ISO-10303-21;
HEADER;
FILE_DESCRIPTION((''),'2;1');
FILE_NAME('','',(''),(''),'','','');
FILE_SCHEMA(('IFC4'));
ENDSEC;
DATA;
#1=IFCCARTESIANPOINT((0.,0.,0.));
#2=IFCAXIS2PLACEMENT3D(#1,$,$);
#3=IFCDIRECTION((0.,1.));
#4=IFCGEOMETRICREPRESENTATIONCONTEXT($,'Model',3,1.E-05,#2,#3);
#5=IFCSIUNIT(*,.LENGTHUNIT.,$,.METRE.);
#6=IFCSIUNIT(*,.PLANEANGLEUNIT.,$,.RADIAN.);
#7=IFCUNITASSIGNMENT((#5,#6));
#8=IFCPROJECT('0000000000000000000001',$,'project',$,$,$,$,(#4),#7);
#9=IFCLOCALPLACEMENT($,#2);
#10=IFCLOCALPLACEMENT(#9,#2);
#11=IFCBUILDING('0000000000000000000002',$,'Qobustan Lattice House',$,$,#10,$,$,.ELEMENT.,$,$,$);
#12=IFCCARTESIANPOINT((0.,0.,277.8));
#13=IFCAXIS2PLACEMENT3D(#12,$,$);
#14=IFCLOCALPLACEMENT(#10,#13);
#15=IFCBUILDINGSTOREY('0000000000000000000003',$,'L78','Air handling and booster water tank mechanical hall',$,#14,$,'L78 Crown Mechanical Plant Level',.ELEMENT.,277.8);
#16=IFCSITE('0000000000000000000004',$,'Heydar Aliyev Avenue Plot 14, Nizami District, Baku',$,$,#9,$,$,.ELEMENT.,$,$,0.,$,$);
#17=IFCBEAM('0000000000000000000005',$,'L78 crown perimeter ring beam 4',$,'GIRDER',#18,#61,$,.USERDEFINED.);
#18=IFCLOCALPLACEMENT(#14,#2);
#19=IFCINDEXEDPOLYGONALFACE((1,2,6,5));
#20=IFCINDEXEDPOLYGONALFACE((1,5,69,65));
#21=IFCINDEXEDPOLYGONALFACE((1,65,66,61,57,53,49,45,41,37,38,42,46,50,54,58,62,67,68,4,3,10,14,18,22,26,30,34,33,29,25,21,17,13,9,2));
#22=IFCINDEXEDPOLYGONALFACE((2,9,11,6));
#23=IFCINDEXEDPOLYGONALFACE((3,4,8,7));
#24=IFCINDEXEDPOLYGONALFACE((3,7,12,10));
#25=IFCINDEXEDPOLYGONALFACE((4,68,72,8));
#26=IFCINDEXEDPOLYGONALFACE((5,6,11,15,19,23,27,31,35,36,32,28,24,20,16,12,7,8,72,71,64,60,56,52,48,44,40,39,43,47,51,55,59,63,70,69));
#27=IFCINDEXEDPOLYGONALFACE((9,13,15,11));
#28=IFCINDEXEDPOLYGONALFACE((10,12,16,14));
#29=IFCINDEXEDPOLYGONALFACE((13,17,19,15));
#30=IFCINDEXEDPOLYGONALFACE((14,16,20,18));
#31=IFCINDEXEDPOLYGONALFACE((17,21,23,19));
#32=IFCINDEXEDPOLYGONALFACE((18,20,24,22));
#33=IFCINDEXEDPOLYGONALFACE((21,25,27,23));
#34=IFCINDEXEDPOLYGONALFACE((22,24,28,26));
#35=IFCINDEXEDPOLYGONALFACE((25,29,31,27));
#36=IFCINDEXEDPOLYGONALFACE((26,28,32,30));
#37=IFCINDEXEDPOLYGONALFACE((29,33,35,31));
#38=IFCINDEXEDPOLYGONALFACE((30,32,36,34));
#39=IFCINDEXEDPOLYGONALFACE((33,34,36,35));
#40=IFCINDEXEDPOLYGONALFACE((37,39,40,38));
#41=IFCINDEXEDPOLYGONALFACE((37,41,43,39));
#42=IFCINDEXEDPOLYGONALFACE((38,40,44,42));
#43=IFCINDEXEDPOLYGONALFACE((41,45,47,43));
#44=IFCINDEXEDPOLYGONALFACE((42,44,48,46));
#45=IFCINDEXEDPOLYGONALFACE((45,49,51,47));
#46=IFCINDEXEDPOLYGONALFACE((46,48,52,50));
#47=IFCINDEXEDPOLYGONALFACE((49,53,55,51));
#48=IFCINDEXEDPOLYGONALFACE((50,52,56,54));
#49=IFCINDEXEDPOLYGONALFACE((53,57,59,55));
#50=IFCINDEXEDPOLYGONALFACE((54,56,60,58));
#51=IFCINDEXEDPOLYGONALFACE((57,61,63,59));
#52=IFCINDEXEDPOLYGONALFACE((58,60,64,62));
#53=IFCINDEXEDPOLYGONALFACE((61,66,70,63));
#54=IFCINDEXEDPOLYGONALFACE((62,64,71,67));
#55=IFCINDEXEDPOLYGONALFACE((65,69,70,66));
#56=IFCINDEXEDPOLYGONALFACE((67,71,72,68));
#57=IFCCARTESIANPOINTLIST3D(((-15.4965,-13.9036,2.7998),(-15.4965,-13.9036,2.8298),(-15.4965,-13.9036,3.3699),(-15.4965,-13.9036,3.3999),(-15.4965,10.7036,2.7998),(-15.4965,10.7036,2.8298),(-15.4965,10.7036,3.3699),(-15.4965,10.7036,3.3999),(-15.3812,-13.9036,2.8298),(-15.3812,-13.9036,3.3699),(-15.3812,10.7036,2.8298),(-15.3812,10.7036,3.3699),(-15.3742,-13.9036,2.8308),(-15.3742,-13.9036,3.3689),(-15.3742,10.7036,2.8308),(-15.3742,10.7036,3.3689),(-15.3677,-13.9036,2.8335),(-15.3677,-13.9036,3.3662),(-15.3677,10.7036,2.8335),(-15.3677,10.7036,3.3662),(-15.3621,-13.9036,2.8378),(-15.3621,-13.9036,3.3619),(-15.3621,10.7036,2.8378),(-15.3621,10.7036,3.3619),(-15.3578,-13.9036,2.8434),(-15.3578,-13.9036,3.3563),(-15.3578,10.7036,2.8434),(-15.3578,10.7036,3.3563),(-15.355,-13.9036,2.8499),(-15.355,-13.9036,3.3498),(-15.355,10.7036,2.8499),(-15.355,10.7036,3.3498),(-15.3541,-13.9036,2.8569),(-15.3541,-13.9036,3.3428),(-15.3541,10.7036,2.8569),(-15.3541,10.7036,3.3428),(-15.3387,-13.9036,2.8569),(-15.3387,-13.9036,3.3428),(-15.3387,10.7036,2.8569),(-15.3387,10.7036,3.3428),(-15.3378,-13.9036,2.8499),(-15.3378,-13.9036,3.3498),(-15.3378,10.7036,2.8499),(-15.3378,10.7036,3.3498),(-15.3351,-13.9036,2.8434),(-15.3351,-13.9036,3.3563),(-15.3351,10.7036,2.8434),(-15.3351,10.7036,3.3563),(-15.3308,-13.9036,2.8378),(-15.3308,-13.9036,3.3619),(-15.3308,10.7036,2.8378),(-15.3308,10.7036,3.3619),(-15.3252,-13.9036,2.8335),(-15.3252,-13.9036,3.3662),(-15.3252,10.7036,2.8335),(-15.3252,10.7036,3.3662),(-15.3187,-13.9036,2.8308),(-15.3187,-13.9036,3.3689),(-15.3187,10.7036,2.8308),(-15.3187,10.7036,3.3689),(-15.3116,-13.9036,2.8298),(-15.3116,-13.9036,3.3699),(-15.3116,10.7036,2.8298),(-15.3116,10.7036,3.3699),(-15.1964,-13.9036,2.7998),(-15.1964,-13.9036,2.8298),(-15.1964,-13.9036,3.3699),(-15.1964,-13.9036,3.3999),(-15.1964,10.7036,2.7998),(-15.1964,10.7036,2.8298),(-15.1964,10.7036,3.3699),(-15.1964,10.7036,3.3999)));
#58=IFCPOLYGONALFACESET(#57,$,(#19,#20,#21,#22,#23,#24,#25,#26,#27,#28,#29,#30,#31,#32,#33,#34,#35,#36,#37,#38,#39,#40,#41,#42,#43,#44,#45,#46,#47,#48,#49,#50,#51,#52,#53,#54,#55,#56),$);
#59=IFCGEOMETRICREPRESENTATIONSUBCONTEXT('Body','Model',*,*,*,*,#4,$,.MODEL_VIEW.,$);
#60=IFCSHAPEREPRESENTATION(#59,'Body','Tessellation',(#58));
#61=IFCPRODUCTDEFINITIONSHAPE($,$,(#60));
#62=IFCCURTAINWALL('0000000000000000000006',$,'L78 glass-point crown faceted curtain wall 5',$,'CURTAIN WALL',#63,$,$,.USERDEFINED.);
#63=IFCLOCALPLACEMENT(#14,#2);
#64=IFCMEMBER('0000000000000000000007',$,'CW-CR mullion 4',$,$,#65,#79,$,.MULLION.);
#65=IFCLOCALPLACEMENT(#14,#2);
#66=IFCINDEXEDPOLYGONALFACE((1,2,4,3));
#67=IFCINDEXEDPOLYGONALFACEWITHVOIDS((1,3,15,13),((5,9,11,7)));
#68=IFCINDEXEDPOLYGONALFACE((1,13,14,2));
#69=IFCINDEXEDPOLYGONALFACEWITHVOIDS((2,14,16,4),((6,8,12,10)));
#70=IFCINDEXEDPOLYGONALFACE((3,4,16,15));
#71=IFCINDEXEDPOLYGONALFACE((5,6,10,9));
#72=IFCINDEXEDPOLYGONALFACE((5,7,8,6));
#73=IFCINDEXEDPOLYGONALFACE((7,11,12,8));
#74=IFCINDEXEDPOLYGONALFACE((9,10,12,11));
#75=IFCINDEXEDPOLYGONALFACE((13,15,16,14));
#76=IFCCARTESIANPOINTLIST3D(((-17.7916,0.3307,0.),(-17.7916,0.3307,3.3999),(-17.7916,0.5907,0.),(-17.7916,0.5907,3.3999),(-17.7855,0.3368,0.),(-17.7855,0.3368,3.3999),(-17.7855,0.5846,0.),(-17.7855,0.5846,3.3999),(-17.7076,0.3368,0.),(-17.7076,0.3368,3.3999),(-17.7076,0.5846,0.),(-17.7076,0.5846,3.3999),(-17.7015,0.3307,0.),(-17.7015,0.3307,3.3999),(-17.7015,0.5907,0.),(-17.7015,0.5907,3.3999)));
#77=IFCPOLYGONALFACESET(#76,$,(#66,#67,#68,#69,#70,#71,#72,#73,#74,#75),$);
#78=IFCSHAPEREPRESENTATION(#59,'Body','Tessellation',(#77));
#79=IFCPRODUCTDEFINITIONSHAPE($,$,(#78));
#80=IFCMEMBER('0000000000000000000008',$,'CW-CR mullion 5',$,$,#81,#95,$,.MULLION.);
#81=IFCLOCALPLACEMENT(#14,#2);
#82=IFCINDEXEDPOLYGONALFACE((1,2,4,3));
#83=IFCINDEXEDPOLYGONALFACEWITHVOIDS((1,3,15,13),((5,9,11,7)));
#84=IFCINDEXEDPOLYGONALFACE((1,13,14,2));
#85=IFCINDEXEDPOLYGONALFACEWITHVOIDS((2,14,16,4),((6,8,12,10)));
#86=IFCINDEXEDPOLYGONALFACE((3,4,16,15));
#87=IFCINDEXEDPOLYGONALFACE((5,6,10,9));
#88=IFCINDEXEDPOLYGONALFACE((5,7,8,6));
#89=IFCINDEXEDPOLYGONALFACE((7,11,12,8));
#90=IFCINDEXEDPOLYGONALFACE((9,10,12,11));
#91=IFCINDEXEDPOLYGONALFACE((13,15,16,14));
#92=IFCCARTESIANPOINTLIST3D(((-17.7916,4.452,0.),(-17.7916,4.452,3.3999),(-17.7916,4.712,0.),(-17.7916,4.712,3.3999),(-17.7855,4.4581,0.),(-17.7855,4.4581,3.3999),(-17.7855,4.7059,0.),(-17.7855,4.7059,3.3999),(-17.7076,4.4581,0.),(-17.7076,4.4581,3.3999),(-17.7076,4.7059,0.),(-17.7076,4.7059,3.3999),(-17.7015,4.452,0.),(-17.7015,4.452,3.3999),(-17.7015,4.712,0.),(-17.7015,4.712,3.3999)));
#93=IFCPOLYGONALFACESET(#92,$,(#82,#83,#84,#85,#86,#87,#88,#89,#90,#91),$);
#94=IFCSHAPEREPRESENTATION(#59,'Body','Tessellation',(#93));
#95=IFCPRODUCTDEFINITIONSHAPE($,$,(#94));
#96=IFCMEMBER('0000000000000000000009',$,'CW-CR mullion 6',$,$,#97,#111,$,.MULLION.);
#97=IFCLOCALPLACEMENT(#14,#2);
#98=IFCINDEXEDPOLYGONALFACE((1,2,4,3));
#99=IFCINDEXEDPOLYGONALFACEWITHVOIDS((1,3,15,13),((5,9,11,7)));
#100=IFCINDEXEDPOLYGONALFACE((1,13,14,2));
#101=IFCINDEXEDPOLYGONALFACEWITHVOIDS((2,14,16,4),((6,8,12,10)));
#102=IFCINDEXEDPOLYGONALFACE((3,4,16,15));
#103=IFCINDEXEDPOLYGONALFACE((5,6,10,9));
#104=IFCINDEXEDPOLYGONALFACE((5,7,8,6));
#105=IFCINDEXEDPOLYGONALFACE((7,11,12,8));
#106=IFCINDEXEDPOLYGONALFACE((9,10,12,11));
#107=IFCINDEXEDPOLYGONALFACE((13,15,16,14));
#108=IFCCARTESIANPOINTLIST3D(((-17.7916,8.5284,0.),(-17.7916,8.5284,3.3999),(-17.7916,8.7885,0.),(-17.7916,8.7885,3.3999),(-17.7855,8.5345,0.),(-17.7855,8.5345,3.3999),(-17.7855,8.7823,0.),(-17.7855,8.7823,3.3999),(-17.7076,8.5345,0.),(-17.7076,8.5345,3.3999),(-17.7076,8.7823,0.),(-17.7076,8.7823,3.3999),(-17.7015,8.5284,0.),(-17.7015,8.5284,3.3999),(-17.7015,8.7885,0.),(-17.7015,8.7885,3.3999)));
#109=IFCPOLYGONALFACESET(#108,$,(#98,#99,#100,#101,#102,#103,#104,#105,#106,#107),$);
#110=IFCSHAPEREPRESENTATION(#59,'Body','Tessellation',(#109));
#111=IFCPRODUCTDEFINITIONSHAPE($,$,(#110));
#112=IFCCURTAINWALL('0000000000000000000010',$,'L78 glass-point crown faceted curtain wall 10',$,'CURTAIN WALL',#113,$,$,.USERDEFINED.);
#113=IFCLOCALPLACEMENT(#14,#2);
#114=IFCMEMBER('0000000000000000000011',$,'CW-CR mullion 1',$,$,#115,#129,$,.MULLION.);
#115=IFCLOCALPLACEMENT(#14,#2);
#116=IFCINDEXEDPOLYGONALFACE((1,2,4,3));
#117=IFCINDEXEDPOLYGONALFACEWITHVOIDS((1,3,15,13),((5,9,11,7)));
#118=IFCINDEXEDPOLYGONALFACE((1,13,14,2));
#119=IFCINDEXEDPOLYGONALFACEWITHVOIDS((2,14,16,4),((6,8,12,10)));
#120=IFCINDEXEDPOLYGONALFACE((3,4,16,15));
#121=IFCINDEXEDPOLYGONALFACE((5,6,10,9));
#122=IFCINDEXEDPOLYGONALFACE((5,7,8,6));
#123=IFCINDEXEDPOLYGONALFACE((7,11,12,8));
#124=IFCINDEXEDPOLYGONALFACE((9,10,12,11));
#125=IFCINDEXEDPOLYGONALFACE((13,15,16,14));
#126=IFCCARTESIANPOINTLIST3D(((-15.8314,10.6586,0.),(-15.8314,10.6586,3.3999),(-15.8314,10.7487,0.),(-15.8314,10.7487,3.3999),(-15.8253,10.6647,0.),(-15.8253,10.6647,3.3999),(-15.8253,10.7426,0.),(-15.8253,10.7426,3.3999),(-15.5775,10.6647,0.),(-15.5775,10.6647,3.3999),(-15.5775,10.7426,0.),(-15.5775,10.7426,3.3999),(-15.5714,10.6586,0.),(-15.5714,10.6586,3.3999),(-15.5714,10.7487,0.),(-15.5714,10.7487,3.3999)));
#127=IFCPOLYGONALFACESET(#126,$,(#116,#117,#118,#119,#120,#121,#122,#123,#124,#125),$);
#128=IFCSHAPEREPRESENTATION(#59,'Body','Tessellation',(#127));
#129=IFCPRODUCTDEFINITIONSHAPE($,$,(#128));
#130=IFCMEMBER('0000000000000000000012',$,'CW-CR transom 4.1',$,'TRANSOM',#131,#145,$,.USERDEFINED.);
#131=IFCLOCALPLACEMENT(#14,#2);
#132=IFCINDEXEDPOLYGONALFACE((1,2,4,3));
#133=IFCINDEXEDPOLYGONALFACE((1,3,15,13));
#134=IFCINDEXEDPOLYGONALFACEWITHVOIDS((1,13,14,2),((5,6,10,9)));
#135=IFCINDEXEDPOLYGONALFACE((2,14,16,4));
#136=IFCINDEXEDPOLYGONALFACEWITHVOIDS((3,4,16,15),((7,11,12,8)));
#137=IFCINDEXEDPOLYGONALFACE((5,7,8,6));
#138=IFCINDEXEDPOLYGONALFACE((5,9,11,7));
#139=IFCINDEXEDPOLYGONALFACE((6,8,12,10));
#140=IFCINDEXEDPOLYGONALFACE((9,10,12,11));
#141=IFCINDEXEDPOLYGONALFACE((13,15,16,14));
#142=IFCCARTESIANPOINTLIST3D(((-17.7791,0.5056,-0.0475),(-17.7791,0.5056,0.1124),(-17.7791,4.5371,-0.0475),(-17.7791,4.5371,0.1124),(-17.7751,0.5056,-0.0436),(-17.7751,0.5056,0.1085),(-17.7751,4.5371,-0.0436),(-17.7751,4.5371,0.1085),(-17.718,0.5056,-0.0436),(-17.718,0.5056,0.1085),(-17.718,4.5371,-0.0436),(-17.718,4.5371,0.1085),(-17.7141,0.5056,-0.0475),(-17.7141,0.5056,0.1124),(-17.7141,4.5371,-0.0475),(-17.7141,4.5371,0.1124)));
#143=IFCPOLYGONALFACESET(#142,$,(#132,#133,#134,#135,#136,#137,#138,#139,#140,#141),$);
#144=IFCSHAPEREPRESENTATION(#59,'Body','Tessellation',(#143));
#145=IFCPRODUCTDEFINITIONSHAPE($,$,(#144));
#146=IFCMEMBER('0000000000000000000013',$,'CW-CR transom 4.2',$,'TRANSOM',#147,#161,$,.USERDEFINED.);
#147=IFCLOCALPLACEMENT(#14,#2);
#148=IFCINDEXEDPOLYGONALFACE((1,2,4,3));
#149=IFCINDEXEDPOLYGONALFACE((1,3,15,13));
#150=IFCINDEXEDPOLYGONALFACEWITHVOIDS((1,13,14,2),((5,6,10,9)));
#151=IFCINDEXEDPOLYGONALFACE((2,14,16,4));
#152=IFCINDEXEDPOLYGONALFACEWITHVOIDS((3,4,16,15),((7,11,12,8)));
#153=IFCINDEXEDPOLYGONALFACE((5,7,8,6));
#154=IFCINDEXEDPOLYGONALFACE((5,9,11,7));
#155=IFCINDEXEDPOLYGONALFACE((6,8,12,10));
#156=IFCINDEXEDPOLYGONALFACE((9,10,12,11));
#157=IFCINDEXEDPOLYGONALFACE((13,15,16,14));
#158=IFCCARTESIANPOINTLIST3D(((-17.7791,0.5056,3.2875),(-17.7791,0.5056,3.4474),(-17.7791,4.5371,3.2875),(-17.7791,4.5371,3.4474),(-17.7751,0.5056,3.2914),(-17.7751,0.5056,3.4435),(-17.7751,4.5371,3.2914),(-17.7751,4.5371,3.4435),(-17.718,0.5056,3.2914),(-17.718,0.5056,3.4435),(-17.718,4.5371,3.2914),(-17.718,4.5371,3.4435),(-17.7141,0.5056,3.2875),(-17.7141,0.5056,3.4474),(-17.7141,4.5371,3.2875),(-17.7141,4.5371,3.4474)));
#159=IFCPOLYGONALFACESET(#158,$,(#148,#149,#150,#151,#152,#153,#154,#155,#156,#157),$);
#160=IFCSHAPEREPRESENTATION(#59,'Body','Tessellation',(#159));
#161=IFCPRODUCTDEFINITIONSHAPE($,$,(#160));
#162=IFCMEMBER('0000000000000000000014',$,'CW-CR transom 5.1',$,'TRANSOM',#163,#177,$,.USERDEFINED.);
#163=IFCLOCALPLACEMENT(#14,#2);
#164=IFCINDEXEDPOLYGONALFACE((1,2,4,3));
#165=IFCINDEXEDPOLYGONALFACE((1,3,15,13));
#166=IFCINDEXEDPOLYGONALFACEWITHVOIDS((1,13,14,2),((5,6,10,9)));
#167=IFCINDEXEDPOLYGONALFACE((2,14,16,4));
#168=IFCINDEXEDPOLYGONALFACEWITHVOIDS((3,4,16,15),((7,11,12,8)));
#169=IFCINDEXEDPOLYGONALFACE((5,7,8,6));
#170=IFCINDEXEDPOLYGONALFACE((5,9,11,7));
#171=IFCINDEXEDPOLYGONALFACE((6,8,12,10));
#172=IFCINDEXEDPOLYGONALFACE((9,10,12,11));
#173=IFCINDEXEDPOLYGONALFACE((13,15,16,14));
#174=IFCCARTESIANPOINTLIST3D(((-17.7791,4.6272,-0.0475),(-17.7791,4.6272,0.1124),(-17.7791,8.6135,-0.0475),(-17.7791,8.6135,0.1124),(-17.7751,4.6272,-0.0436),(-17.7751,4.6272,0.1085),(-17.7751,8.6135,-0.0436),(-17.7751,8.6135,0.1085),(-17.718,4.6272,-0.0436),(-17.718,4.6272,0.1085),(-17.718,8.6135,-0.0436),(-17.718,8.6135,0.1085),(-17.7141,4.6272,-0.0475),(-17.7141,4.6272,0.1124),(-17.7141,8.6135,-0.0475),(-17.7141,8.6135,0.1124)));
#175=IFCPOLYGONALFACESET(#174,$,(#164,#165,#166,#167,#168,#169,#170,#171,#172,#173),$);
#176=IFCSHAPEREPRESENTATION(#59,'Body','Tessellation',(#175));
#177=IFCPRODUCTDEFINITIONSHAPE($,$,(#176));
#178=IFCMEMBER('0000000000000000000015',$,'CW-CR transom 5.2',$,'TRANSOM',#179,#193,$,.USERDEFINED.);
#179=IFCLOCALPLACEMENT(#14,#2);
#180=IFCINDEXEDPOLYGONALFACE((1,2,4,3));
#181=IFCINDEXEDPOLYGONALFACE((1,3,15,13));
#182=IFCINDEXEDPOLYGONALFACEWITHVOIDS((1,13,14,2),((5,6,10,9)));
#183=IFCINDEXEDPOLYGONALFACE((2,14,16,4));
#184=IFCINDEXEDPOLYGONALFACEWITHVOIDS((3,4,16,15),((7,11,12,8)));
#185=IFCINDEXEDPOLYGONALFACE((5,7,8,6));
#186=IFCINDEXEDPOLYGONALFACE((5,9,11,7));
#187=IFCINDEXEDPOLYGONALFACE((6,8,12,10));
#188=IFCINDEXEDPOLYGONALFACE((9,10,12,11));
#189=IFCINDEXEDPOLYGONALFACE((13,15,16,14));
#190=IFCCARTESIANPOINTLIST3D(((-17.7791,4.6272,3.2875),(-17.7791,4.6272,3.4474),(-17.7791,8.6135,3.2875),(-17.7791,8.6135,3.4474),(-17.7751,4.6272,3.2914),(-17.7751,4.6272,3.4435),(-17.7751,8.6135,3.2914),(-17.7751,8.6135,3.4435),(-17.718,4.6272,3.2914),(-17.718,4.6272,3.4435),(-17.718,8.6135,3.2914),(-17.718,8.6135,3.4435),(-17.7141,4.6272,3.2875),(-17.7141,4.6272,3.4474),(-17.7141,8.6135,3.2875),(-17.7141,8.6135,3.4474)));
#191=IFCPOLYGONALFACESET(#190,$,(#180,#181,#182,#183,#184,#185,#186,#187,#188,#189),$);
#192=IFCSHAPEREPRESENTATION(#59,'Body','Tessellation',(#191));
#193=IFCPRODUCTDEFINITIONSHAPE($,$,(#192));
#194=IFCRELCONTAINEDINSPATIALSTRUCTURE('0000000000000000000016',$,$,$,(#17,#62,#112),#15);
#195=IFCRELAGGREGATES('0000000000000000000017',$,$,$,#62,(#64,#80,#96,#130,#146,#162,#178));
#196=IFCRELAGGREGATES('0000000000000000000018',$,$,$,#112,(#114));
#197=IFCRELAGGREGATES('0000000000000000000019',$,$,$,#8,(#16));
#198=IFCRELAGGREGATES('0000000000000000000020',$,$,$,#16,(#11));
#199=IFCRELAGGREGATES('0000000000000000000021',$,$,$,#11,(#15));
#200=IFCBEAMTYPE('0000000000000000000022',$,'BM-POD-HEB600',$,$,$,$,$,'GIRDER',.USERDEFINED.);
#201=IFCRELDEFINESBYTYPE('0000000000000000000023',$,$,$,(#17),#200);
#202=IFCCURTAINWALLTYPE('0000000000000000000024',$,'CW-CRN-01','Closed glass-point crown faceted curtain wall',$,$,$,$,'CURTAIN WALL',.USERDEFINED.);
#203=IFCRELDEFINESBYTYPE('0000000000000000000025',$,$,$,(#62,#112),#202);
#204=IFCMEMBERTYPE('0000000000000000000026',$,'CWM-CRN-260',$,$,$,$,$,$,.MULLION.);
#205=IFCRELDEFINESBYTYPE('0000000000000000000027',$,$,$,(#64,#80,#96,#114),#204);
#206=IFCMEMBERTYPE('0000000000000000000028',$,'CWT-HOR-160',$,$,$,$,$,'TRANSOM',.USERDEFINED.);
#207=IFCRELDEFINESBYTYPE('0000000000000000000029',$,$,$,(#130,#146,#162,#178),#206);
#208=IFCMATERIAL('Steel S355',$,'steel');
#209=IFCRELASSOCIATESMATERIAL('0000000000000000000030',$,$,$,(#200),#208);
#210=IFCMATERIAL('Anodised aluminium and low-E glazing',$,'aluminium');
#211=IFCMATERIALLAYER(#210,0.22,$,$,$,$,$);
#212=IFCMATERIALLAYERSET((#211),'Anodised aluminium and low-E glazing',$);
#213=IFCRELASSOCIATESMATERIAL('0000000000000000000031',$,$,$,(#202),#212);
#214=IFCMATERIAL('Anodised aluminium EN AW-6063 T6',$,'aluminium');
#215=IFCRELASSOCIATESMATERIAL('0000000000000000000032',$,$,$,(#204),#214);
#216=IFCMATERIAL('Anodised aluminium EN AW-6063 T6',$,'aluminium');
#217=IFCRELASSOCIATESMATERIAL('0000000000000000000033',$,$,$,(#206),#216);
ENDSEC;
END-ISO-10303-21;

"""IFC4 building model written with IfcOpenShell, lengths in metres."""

from ifc_helpers import new_model, si_unit, direction, frame, origin, origin_2d, place, context, subcontext, project, spatial, hollow_rectangle, i_section, extrude, material, layer, layer_set, material_profile, profile_set, type_object, element, aggregate, save


model = new_model("IFC4")

# Units and contexts
model_context = context("Model", 3, precision=1e-05, world=origin(), true_north=direction((0.0, 1.0)))
body_context = subcontext(model_context, "Body", "Model", "MODEL_VIEW")
ifc_project = project(units=[si_unit("LENGTHUNIT", "METRE"), si_unit("PLANEANGLEUNIT", "RADIAN")], contexts=[model_context])

# Site, building, storey
site_placement = place(None, origin())
site = spatial("IfcSite", under=ifc_project, at=site_placement, Name="Heydar Aliyev Avenue Plot 14, Nizami District, Baku", CompositionType="ELEMENT", RefElevation=0.0)
building_placement = place(site_placement, origin())
building = spatial("IfcBuilding", under=site, at=building_placement, Name="Qobustan Lattice House", CompositionType="ELEMENT")
storey_placement = place(building_placement, frame((0.0, 0.0, 277.8)))
storey = spatial("IfcBuildingStorey", under=building, at=storey_placement, Name="L78", Description="Air handling and booster water tank mechanical hall", LongName="L78 Crown Mechanical Plant Level", CompositionType="ELEMENT", Elevation=277.8)

# Beam
ifc_material_1 = material(Name="Steel S355", Category="steel")
ifc_material_profile_1 = material_profile(ifc_material_1, i_section(OverallWidth=0.3, OverallDepth=0.6001, WebThickness=0.0154, FlangeThickness=0.03, FilletRadius=0.0271, at=origin_2d()), Name="HEB600")
ifc_profile_set_1 = profile_set([ifc_material_profile_1], Name="Steel S355")
beam_type = type_object("IfcBeamType", Name="BM-POD-HEB600", ElementType="GIRDER", PredefinedType="USERDEFINED", material=ifc_profile_set_1)
beam_placement = place(storey_placement, frame((-15.3464, 10.7036, 3.0999), z_axis=(0.0, -1.0, 0.0), x_axis=(1.0, 0.0, 0.0)))
element("IfcBeam", 1, at=beam_placement, inside=storey, type_object=beam_type, Name="L78 crown perimeter ring beam 4", ObjectType="GIRDER", PredefinedType="USERDEFINED", context=body_context, shape_type="SweptSolid", body=[
    extrude(i_section(OverallWidth=0.3, OverallDepth=0.6001, WebThickness=0.0154, FlangeThickness=0.03, FilletRadius=0.0271, at=origin_2d()), origin(), (0.0, 0.0, 1.0), 24.6072),
])

# Curtain wall, members
ifc_material_2 = material(Name="Anodised aluminium and low-E glazing", Category="aluminium")
ifc_layer_1 = layer(ifc_material_2, 0.22)
ifc_layer_set_1 = layer_set([ifc_layer_1], Name="Anodised aluminium and low-E glazing")
curtain_wall_type = type_object("IfcCurtainWallType", Name="CW-CRN-01", Description="Closed glass-point crown faceted curtain wall", ElementType="CURTAIN WALL", PredefinedType="USERDEFINED", material=ifc_layer_set_1)
curtain_wall_1_placement = place(storey_placement, origin())
curtain_wall_1 = element("IfcCurtainWall", 2, at=curtain_wall_1_placement, inside=storey, type_object=curtain_wall_type, Name="L78 glass-point crown faceted curtain wall 5", ObjectType="CURTAIN WALL", PredefinedType="USERDEFINED")
ifc_material_3 = material(Name="Anodised aluminium EN AW-6063 T6", Category="aluminium")
ifc_material_profile_2 = material_profile(ifc_material_3, hollow_rectangle(XDim=0.0901, YDim=0.26, WallThickness=0.0061, at=origin_2d()), Name="CWM-CROWN-260x90")
ifc_profile_set_2 = profile_set([ifc_material_profile_2], Name="Anodised aluminium EN AW-6063 T6")
member_type_1 = type_object("IfcMemberType", Name="CWM-CRN-260", PredefinedType="MULLION", material=ifc_profile_set_2)
member_1_placement = place(storey_placement, frame((-17.7466, 0.4607, 0.0), z_axis=(0.0, 0.0, 1.0), x_axis=(-1.0, 0.0, 0.0)))
member_1 = element("IfcMember", 3, at=member_1_placement, type_object=member_type_1, Name="CW-CR mullion 4", PredefinedType="MULLION", context=body_context, shape_type="SweptSolid", body=[
    extrude(hollow_rectangle(XDim=0.0901, YDim=0.26, WallThickness=0.0061, at=origin_2d()), origin(), (0.0, 0.0, 1.0), 3.3999),
])
member_2_placement = place(storey_placement, frame((-17.7466, 4.582, 0.0), z_axis=(0.0, 0.0, 1.0), x_axis=(-1.0, 0.0, 0.0)))
member_2 = element("IfcMember", 4, at=member_2_placement, type_object=member_type_1, Name="CW-CR mullion 5", PredefinedType="MULLION", context=body_context, shape_type="SweptSolid", body=[
    extrude(hollow_rectangle(XDim=0.0901, YDim=0.26, WallThickness=0.0061, at=origin_2d()), origin(), (0.0, 0.0, 1.0), 3.3999),
])
member_3_placement = place(storey_placement, frame((-17.7466, 8.6584, 0.0), z_axis=(0.0, 0.0, 1.0), x_axis=(-1.0, 0.0, 0.0)))
member_3 = element("IfcMember", 5, at=member_3_placement, type_object=member_type_1, Name="CW-CR mullion 6", PredefinedType="MULLION", context=body_context, shape_type="SweptSolid", body=[
    extrude(hollow_rectangle(XDim=0.0901, YDim=0.26, WallThickness=0.0061, at=origin_2d()), origin(), (0.0, 0.0, 1.0), 3.3999),
])

# Curtain wall, member
curtain_wall_2_placement = place(storey_placement, origin())
curtain_wall_2 = element("IfcCurtainWall", 6, at=curtain_wall_2_placement, inside=storey, type_object=curtain_wall_type, Name="L78 glass-point crown faceted curtain wall 10", ObjectType="CURTAIN WALL", PredefinedType="USERDEFINED")
member_4_placement = place(storey_placement, frame((-15.7014, 10.7036, 0.0), z_axis=(0.0, 0.0, 1.0), x_axis=(0.0, 1.0, 0.0)))
member_4 = element("IfcMember", 7, at=member_4_placement, type_object=member_type_1, Name="CW-CR mullion 1", PredefinedType="MULLION", context=body_context, shape_type="SweptSolid", body=[
    extrude(hollow_rectangle(XDim=0.0901, YDim=0.26, WallThickness=0.0061, at=origin_2d()), origin(), (0.0, 0.0, 1.0), 3.3999),
])

# Members
ifc_material_4 = material(Name="Anodised aluminium EN AW-6063 T6", Category="aluminium")
ifc_material_profile_3 = material_profile(ifc_material_4, hollow_rectangle(XDim=0.0649, YDim=0.1599, WallThickness=0.0039, at=origin_2d()), Name="CWT-160x65")
ifc_profile_set_3 = profile_set([ifc_material_profile_3], Name="Anodised aluminium EN AW-6063 T6")
member_type_2 = type_object("IfcMemberType", Name="CWT-HOR-160", ElementType="TRANSOM", PredefinedType="USERDEFINED", material=ifc_profile_set_3)
member_5_placement = place(storey_placement, frame((-17.7466, 0.5056, 0.0325), z_axis=(0.0, 1.0, 0.0), x_axis=(-1.0, 0.0, 0.0)))
member_5 = element("IfcMember", 8, at=member_5_placement, type_object=member_type_2, Name="CW-CR transom 4.1", ObjectType="TRANSOM", PredefinedType="USERDEFINED", context=body_context, shape_type="SweptSolid", body=[
    extrude(hollow_rectangle(XDim=0.0649, YDim=0.1599, WallThickness=0.0039, at=origin_2d()), origin(), (0.0, 0.0, 1.0), 4.0315),
])
member_6_placement = place(storey_placement, frame((-17.7466, 0.5056, 3.3674), z_axis=(0.0, 1.0, 0.0), x_axis=(-1.0, 0.0, 0.0)))
member_6 = element("IfcMember", 9, at=member_6_placement, type_object=member_type_2, Name="CW-CR transom 4.2", ObjectType="TRANSOM", PredefinedType="USERDEFINED", context=body_context, shape_type="SweptSolid", body=[
    extrude(hollow_rectangle(XDim=0.0649, YDim=0.1599, WallThickness=0.0039, at=origin_2d()), origin(), (0.0, 0.0, 1.0), 4.0315),
])
member_7_placement = place(storey_placement, frame((-17.7466, 4.6272, 0.0325), z_axis=(0.0, 1.0, 0.0), x_axis=(-1.0, 0.0, 0.0)))
member_7 = element("IfcMember", 10, at=member_7_placement, type_object=member_type_2, Name="CW-CR transom 5.1", ObjectType="TRANSOM", PredefinedType="USERDEFINED", context=body_context, shape_type="SweptSolid", body=[
    extrude(hollow_rectangle(XDim=0.0649, YDim=0.1599, WallThickness=0.0039, at=origin_2d()), origin(), (0.0, 0.0, 1.0), 3.9863),
])
member_8_placement = place(storey_placement, frame((-17.7466, 4.6272, 3.3674), z_axis=(0.0, 1.0, 0.0), x_axis=(-1.0, 0.0, 0.0)))
member_8 = element("IfcMember", 11, at=member_8_placement, type_object=member_type_2, Name="CW-CR transom 5.2", ObjectType="TRANSOM", PredefinedType="USERDEFINED", context=body_context, shape_type="SweptSolid", body=[
    extrude(hollow_rectangle(XDim=0.0649, YDim=0.1599, WallThickness=0.0039, at=origin_2d()), origin(), (0.0, 0.0, 1.0), 3.9863),
])

aggregate(curtain_wall_1, [member_1, member_2, member_3, member_5, member_6, member_7, member_8])
aggregate(curtain_wall_2, [member_4])

save(model, "model.ifc")
